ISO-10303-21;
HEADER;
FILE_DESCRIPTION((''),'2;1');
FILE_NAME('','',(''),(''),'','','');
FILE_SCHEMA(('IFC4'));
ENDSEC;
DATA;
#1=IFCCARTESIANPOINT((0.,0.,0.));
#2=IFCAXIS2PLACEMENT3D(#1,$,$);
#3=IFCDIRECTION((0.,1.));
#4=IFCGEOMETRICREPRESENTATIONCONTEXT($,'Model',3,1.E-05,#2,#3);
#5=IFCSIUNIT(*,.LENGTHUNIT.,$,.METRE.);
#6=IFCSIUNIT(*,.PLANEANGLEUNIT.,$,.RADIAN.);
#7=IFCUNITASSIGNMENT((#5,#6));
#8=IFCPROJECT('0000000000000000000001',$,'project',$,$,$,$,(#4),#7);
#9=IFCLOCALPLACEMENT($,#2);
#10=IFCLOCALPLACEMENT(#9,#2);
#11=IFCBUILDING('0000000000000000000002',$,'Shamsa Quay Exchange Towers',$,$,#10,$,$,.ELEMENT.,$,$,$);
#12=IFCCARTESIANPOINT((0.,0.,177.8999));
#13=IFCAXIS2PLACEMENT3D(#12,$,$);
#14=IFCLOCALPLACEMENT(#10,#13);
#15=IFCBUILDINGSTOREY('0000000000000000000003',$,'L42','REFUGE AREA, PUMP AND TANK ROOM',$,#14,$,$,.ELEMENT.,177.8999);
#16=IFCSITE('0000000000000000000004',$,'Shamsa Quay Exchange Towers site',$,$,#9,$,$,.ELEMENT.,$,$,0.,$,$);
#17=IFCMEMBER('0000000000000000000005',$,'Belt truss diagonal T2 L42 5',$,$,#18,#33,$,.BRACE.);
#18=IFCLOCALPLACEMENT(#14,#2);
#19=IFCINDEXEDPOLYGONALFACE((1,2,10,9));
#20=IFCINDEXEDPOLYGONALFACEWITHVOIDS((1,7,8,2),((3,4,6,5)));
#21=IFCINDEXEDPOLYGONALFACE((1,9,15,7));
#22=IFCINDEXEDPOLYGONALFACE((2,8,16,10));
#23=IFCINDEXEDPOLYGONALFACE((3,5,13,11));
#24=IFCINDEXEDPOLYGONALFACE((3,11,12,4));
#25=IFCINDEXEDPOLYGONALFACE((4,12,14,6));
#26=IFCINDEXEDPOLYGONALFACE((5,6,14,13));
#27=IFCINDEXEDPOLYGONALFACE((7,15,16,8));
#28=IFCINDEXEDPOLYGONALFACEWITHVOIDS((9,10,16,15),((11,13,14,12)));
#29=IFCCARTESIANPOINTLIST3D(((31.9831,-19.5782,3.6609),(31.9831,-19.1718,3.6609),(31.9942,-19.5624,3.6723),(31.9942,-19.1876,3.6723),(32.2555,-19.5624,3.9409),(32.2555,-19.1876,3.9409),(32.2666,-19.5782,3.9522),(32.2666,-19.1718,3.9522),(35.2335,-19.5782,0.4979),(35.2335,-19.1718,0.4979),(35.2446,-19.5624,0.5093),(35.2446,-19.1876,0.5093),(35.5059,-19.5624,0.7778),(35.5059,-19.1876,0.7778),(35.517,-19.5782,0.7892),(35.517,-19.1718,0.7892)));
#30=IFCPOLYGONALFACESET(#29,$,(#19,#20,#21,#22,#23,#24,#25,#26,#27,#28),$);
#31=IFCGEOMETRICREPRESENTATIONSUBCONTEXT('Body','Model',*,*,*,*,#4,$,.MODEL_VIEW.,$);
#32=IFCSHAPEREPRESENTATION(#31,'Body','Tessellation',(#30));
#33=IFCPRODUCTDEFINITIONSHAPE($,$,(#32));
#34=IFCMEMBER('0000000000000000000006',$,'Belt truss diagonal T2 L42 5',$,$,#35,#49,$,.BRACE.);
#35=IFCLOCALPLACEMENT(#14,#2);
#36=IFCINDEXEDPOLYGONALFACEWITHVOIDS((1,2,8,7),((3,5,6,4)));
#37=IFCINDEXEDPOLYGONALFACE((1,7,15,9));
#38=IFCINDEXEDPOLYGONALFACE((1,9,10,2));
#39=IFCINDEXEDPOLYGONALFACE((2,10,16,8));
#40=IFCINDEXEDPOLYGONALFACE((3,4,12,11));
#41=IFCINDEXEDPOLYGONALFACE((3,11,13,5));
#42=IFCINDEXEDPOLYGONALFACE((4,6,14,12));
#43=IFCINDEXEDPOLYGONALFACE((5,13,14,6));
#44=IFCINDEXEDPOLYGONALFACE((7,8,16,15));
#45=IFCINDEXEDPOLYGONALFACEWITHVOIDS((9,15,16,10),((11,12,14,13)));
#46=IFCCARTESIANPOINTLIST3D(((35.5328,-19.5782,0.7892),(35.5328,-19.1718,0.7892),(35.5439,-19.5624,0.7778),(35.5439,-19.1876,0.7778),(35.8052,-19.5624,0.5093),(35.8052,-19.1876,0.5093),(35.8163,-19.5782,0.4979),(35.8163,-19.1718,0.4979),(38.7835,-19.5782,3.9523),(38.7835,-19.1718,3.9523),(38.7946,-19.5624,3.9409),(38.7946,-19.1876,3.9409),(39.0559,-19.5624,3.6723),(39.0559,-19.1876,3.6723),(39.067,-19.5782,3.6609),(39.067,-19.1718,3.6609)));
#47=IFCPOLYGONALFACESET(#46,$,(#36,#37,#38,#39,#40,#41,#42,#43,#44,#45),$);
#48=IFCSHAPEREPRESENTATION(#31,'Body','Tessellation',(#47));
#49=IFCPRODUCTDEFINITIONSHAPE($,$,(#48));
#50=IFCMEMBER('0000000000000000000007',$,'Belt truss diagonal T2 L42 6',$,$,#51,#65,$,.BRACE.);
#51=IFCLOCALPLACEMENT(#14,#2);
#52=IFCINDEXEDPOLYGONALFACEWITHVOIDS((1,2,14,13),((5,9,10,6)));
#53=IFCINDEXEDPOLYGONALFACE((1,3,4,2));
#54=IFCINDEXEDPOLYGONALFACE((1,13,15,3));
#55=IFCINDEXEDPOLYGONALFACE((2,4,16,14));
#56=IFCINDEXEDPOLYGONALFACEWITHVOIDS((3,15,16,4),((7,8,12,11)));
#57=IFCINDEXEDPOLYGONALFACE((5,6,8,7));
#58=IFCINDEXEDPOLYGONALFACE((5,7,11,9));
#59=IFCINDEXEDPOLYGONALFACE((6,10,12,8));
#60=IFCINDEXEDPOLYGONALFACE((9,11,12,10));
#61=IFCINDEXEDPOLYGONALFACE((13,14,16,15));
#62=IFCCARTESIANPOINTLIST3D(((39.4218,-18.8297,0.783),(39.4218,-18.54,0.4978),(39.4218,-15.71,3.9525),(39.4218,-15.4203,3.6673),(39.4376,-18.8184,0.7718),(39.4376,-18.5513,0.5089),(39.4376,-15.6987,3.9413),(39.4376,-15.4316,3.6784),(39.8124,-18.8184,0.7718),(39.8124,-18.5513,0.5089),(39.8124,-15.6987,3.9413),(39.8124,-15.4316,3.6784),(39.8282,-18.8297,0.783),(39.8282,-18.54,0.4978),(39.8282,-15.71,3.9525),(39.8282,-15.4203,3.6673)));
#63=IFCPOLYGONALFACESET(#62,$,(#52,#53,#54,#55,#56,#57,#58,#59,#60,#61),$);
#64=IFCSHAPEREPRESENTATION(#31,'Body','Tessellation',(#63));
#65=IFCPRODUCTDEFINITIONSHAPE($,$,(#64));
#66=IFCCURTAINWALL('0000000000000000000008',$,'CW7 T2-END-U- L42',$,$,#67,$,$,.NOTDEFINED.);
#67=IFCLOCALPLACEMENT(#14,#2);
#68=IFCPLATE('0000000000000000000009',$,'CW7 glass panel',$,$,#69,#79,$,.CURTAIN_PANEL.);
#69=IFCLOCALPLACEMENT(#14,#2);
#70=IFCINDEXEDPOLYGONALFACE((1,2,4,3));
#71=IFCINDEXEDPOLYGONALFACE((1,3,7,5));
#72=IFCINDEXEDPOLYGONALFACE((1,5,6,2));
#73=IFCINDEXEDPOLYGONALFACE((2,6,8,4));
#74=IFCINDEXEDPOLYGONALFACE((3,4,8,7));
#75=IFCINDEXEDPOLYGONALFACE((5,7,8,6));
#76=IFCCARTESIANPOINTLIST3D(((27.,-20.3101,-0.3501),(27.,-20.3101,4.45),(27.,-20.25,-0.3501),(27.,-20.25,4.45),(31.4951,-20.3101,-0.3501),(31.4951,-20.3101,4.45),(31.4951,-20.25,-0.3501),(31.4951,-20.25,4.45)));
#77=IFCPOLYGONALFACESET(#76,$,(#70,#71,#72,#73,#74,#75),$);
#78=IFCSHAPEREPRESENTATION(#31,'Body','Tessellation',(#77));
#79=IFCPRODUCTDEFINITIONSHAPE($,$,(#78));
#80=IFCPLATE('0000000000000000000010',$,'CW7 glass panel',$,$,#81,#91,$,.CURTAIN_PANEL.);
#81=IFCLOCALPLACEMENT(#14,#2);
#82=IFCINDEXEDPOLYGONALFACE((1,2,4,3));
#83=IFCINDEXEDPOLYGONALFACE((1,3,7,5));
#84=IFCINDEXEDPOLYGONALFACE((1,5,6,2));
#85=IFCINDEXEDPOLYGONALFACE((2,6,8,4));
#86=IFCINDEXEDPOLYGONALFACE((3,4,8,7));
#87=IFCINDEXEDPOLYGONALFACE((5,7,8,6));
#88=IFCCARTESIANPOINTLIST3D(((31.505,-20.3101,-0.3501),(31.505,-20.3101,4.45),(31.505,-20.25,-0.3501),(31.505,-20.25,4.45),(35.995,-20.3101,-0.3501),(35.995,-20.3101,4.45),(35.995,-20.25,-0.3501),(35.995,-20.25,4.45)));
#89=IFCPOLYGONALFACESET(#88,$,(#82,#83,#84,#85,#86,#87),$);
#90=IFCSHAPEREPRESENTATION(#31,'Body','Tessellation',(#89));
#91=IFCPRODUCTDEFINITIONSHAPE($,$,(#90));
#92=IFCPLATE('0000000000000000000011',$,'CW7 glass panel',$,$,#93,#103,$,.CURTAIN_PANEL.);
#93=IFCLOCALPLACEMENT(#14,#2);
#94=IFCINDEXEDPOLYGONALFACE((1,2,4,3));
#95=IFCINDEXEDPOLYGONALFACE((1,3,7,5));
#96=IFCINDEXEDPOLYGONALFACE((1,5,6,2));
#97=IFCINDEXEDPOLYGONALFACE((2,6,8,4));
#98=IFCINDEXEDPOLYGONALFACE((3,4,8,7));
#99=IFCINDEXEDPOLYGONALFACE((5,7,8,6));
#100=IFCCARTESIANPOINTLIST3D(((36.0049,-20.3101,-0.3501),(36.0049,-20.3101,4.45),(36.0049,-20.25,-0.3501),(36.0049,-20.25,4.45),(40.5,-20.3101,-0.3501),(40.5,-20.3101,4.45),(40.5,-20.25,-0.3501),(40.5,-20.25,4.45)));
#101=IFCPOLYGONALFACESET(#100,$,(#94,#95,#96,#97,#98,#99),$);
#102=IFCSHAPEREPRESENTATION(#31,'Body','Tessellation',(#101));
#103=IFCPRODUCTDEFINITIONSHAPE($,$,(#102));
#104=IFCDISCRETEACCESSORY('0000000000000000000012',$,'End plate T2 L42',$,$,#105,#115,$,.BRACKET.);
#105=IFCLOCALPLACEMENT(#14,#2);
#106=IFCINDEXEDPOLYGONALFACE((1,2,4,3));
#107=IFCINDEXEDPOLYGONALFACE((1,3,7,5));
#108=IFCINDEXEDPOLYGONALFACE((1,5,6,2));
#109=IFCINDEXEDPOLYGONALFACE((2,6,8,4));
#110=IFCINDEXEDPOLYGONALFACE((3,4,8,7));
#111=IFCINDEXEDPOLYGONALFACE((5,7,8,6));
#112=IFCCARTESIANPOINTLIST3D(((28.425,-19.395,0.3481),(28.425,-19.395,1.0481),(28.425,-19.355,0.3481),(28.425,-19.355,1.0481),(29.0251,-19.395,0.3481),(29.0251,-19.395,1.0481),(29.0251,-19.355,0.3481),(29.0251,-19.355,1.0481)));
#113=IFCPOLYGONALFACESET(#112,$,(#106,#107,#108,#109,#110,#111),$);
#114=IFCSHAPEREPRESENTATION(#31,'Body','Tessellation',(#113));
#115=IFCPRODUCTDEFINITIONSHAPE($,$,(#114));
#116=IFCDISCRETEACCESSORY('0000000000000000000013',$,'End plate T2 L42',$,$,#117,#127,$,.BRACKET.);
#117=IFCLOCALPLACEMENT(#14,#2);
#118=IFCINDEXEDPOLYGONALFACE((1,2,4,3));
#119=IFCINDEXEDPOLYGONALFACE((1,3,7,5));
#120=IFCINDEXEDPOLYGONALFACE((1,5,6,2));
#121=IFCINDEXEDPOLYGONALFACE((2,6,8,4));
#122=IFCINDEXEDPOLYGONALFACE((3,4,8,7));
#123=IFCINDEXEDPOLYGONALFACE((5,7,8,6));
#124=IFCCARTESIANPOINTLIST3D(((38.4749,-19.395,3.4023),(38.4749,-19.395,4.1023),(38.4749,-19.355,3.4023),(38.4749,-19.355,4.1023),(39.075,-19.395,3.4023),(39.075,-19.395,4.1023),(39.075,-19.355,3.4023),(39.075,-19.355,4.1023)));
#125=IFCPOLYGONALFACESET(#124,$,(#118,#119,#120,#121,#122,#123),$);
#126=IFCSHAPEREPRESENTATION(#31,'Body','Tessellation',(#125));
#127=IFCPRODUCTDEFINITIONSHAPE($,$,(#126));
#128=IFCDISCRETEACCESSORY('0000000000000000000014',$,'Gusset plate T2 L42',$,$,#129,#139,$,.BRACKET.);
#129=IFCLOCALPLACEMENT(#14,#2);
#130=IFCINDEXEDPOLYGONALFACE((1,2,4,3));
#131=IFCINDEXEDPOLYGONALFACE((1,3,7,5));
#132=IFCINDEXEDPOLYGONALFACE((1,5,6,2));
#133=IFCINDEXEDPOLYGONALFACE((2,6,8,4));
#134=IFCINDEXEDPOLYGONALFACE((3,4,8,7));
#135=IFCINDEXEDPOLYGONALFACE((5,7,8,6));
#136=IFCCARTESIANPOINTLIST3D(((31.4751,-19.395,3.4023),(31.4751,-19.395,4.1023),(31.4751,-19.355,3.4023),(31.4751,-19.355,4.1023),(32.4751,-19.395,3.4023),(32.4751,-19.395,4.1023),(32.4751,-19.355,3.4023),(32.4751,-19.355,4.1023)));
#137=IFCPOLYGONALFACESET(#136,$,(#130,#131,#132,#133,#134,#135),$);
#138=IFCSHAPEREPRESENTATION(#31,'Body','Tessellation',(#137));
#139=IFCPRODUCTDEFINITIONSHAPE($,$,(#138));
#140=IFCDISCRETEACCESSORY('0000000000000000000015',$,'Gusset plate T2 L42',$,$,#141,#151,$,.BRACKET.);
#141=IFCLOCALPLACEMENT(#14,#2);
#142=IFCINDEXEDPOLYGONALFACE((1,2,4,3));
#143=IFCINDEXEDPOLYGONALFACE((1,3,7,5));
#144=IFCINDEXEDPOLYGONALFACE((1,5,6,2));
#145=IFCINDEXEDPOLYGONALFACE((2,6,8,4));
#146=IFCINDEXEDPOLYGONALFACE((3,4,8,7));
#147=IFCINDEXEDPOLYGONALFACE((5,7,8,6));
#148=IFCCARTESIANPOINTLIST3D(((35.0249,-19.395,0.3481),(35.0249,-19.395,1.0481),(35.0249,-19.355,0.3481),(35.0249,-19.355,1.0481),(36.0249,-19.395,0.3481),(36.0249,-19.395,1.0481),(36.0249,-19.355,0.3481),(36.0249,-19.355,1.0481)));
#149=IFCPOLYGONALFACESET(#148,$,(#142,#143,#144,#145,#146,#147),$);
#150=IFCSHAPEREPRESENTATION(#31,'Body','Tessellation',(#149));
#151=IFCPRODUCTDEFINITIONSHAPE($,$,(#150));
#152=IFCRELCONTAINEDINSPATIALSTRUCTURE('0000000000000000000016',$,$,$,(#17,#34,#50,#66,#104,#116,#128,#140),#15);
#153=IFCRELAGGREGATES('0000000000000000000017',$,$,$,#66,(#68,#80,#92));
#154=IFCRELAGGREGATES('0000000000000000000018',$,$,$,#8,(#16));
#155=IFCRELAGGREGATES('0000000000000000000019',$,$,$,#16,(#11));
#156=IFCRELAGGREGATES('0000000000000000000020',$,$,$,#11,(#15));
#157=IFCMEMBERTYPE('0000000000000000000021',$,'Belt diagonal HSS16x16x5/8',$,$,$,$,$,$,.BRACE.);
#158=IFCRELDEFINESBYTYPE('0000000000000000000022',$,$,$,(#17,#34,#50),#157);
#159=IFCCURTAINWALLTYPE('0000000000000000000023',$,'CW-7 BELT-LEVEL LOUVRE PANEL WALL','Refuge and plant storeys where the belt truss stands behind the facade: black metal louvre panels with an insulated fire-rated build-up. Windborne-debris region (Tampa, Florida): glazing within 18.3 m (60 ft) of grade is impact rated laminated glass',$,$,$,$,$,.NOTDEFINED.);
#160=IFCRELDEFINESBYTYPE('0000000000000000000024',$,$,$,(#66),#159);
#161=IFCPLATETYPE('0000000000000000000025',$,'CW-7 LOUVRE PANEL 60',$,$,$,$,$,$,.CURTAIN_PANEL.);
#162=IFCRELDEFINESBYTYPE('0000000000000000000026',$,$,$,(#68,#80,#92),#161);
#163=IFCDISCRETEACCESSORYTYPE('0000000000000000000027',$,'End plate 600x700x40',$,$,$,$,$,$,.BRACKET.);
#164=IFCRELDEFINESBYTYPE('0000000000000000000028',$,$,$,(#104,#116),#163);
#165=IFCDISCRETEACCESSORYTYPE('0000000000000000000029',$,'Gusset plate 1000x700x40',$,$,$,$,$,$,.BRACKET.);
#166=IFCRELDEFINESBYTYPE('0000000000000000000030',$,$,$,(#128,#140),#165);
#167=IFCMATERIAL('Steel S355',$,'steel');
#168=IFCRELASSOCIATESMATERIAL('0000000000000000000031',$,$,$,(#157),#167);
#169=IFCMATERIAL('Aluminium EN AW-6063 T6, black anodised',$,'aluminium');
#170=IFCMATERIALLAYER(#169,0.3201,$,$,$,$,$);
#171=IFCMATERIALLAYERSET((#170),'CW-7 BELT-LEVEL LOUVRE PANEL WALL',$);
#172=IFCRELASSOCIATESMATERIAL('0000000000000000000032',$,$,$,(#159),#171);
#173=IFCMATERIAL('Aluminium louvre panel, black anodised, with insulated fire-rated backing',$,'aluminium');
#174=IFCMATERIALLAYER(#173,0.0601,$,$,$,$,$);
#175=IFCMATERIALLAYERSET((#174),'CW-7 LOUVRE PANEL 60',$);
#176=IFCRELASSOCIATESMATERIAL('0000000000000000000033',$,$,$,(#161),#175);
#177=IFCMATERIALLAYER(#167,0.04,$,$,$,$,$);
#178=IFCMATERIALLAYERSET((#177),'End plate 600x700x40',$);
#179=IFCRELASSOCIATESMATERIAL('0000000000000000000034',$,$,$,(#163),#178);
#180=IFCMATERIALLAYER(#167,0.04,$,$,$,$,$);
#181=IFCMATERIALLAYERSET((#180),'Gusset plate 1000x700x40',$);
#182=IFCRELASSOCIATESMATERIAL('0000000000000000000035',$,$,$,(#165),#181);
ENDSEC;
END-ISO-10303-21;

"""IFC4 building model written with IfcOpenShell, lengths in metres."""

from ifc_helpers import new_model, si_unit, direction, frame, origin, origin_2d, place, context, subcontext, project, spatial, rectangle, hollow_rectangle, extrude, material, layer, layer_set, material_profile, profile_set, type_object, element, aggregate, save


model = new_model("IFC4")

# Units and contexts
model_context = context("Model", 3, precision=1e-05, world=origin(), true_north=direction((0.0, 1.0)))
body_context = subcontext(model_context, "Body", "Model", "MODEL_VIEW")
ifc_project = project(units=[si_unit("LENGTHUNIT", "METRE"), si_unit("PLANEANGLEUNIT", "RADIAN")], contexts=[model_context])

# Site, building, storey
site_placement = place(None, origin())
site = spatial("IfcSite", under=ifc_project, at=site_placement, Name="Shamsa Quay Exchange Towers site", CompositionType="ELEMENT", RefElevation=0.0)
building_placement = place(site_placement, origin())
building = spatial("IfcBuilding", under=site, at=building_placement, Name="Shamsa Quay Exchange Towers", CompositionType="ELEMENT")
storey_placement = place(building_placement, frame((0.0, 0.0, 177.8999)))
storey = spatial("IfcBuildingStorey", under=building, at=storey_placement, Name="L42", Description="REFUGE AREA, PUMP AND TANK ROOM", CompositionType="ELEMENT", Elevation=177.8999)

# Members
ifc_material_1 = material(Name="Steel S355", Category="steel")
ifc_material_profile_1 = material_profile(ifc_material_1, hollow_rectangle(XDim=0.4065, YDim=0.4065, WallThickness=0.0159, at=origin_2d()), Name="HSS16x16x5/8")
ifc_profile_set_1 = profile_set([ifc_material_profile_1], Name="Steel S355")
member_type_1 = type_object("IfcMemberType", Name="Belt diagonal HSS16x16x5/8", PredefinedType="BRACE", material=ifc_profile_set_1)
member_1_placement = place(storey_placement, frame((35.3752, -19.375, 0.6436), z_axis=(-0.716676, 0.0, 0.697406), x_axis=(0.0, -1.0, 0.0)))
element("IfcMember", 1, at=member_1_placement, inside=storey, type_object=member_type_1, Name="Belt truss diagonal T2 L42 5", PredefinedType="BRACE", context=body_context, shape_type="SweptSolid", body=[
    extrude(hollow_rectangle(XDim=0.4065, YDim=0.4065, WallThickness=0.0159, at=origin_2d()), origin(), (0.0, 0.0, 1.0), 4.5354),
])
member_2_placement = place(storey_placement, frame((35.6746, -19.375, 0.6436), z_axis=(0.716703, 0.0, 0.697379), x_axis=(0.0, 1.0, 0.0)))
element("IfcMember", 2, at=member_2_placement, inside=storey, type_object=member_type_1, Name="Belt truss diagonal T2 L42 5", PredefinedType="BRACE", context=body_context, shape_type="SweptSolid", body=[
    extrude(hollow_rectangle(XDim=0.4065, YDim=0.4065, WallThickness=0.0159, at=origin_2d()), origin(), (0.0, 0.0, 1.0), 4.5356),
])
member_3_placement = place(storey_placement, frame((39.625, -18.6848, 0.6404), z_axis=(0.0, 0.701485, 0.712684), x_axis=(-1.0, 0.0, 0.0)))
element("IfcMember", 3, at=member_3_placement, inside=storey, type_object=member_type_1, Name="Belt truss diagonal T2 L42 6", PredefinedType="BRACE", context=body_context, shape_type="SweptSolid", body=[
    extrude(hollow_rectangle(XDim=0.4065, YDim=0.4065, WallThickness=0.0159, at=origin_2d()), origin(), (0.0, 0.0, 1.0), 4.4473),
])

# Curtain wall, plates
ifc_material_2 = material(Name="Aluminium EN AW-6063 T6, black anodised", Category="aluminium")
ifc_layer_1 = layer(ifc_material_2, 0.3201)
ifc_layer_set_1 = layer_set([ifc_layer_1], Name="CW-7 BELT-LEVEL LOUVRE PANEL WALL")
curtain_wall_type = type_object("IfcCurtainWallType", Name="CW-7 BELT-LEVEL LOUVRE PANEL WALL", Description="Refuge and plant storeys where the belt truss stands behind the facade: black metal louvre panels with an insulated fire-rated build-up. Windborne-debris region (Tampa, Florida): glazing within 18.3 m (60 ft) of grade is impact rated laminated glass", PredefinedType="NOTDEFINED", material=ifc_layer_set_1)
curtain_wall_placement = place(storey_placement, origin())
curtain_wall = element("IfcCurtainWall", 4, at=curtain_wall_placement, inside=storey, type_object=curtain_wall_type, Name="CW7 T2-END-U- L42", PredefinedType="NOTDEFINED")
ifc_material_3 = material(Name="Aluminium louvre panel, black anodised, with insulated fire-rated backing", Category="aluminium")
ifc_layer_2 = layer(ifc_material_3, 0.0601)
ifc_layer_set_2 = layer_set([ifc_layer_2], Name="CW-7 LOUVRE PANEL 60")
plate_type = type_object("IfcPlateType", Name="CW-7 LOUVRE PANEL 60", PredefinedType="CURTAIN_PANEL", material=ifc_layer_set_2)
plate_1_placement = place(storey_placement, frame((29.2476, -20.28, -0.3501)))
plate_1 = element("IfcPlate", 5, at=plate_1_placement, type_object=plate_type, Name="CW7 glass panel", PredefinedType="CURTAIN_PANEL", context=body_context, shape_type="SweptSolid", body=[
    extrude(rectangle(XDim=4.4951, YDim=0.0601, at=origin_2d()), origin(), (0.0, 0.0, 1.0), 4.8),
])
plate_2_placement = place(storey_placement, frame((33.75, -20.28, -0.3501)))
plate_2 = element("IfcPlate", 6, at=plate_2_placement, type_object=plate_type, Name="CW7 glass panel", PredefinedType="CURTAIN_PANEL", context=body_context, shape_type="SweptSolid", body=[
    extrude(rectangle(XDim=4.49, YDim=0.0601, at=origin_2d()), origin(), (0.0, 0.0, 1.0), 4.8),
])
plate_3_placement = place(storey_placement, frame((38.2524, -20.28, -0.3501)))
plate_3 = element("IfcPlate", 7, at=plate_3_placement, type_object=plate_type, Name="CW7 glass panel", PredefinedType="CURTAIN_PANEL", context=body_context, shape_type="SweptSolid", body=[
    extrude(rectangle(XDim=4.4951, YDim=0.0601, at=origin_2d()), origin(), (0.0, 0.0, 1.0), 4.8),
])
aggregate(curtain_wall, [plate_1, plate_2, plate_3])

# Discrete accessories
ifc_layer_3 = layer(ifc_material_1, 0.04)
ifc_layer_set_3 = layer_set([ifc_layer_3], Name="End plate 600x700x40")
discrete_accessory_type_1 = type_object("IfcDiscreteAccessoryType", Name="End plate 600x700x40", PredefinedType="BRACKET", material=ifc_layer_set_3)
for number, where, name in (
    (8, (28.7251, -19.375, 0.3481), "End plate T2 L42"),
    (9, (38.7749, -19.375, 3.4023), "End plate T2 L42"),
):
    element("IfcDiscreteAccessory", number, at=place(storey_placement, frame(where)), inside=storey, type_object=discrete_accessory_type_1, Name=name, PredefinedType="BRACKET", context=body_context, shape_type="SweptSolid", body=[
        extrude(rectangle(XDim=0.6001, YDim=0.04, at=origin_2d()), origin(), (0.0, 0.0, 1.0), 0.7),
    ])
ifc_layer_4 = layer(ifc_material_1, 0.04)
ifc_layer_set_4 = layer_set([ifc_layer_4], Name="Gusset plate 1000x700x40")
discrete_accessory_type_2 = type_object("IfcDiscreteAccessoryType", Name="Gusset plate 1000x700x40", PredefinedType="BRACKET", material=ifc_layer_set_4)
for number, where, name in (
    (10, (31.9751, -19.375, 3.4023), "Gusset plate T2 L42"),
    (11, (35.5249, -19.375, 0.3481), "Gusset plate T2 L42"),
):
    element("IfcDiscreteAccessory", number, at=place(storey_placement, frame(where)), inside=storey, type_object=discrete_accessory_type_2, Name=name, PredefinedType="BRACKET", context=body_context, shape_type="SweptSolid", body=[
        extrude(rectangle(XDim=1.0, YDim=0.04, at=origin_2d()), origin(), (0.0, 0.0, 1.0), 0.7),
    ])

save(model, "model.ifc")
